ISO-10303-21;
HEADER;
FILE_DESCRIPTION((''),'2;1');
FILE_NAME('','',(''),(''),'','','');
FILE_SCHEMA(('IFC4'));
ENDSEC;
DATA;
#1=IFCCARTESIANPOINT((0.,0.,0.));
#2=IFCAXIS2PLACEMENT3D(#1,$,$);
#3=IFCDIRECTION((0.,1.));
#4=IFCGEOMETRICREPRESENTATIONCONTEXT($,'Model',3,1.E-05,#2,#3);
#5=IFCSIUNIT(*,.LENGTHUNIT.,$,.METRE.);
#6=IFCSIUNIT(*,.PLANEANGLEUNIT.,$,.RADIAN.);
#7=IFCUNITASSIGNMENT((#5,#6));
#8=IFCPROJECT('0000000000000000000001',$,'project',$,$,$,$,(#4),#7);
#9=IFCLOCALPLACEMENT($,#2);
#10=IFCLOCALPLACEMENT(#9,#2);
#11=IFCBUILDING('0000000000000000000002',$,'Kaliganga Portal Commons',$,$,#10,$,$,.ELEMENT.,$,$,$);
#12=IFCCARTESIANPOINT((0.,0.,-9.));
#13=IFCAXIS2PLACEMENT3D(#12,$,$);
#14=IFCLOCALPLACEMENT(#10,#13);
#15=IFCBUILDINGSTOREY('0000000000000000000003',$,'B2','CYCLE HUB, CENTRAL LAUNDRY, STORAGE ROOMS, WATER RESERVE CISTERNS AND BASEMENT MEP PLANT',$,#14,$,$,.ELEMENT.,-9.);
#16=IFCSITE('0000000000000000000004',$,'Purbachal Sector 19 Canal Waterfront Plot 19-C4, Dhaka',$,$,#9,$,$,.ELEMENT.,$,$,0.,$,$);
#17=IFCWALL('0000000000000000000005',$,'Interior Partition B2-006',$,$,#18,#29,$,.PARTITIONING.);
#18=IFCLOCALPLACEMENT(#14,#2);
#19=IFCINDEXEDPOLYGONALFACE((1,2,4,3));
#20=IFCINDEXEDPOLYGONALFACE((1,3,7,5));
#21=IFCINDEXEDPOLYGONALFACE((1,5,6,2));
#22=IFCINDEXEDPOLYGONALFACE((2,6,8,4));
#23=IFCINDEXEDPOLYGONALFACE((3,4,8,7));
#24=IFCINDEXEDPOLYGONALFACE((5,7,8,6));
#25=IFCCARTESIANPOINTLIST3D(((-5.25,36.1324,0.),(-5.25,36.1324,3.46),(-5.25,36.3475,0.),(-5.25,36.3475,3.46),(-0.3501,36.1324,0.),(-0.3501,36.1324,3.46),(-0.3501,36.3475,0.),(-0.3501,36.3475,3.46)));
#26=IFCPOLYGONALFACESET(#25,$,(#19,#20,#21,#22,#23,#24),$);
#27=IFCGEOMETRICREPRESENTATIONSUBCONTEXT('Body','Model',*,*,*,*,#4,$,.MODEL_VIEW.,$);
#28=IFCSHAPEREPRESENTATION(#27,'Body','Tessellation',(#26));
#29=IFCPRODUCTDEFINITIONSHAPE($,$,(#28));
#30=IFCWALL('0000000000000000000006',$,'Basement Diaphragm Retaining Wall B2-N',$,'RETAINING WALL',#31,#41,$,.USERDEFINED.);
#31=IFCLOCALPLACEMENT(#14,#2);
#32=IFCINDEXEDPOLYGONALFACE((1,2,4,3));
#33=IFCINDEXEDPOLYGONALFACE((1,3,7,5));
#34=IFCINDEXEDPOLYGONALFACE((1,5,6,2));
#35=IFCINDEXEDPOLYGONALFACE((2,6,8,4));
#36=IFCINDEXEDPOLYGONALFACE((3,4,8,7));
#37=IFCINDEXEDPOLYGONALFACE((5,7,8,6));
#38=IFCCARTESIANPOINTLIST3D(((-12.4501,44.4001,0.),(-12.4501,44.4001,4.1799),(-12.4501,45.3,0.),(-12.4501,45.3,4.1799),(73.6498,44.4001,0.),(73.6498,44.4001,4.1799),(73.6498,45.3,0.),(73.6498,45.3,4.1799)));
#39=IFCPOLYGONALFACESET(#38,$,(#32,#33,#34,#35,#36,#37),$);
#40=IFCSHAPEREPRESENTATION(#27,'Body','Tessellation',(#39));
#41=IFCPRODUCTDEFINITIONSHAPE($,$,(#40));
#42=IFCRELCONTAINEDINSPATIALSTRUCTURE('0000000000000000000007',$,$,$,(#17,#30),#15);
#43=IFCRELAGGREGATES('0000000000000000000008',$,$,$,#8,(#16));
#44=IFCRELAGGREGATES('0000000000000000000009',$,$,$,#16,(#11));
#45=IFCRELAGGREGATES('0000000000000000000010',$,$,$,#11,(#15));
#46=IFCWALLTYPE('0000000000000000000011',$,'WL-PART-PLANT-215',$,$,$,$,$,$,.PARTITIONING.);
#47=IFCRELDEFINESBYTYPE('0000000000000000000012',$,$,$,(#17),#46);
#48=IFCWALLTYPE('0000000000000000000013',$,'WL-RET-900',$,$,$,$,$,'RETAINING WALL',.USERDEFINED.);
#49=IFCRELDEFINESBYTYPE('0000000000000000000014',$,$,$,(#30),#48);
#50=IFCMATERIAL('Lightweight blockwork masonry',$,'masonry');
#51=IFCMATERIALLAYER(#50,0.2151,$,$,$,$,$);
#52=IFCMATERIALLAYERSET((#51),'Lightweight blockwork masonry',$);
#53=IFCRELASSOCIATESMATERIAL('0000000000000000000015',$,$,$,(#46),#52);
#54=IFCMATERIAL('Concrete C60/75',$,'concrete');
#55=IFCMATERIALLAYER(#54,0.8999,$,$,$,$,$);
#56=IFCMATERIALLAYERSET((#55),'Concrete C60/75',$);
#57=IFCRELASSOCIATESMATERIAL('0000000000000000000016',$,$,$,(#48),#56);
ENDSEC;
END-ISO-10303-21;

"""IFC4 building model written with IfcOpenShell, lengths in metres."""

from ifc_helpers import new_model, si_unit, direction, frame, frame_2d, origin, place, context, subcontext, project, spatial, rectangle, extrude, material, layer, layer_set, type_object, element, save


model = new_model("IFC4")

# Units and contexts
model_context = context("Model", 3, precision=1e-05, world=origin(), true_north=direction((0.0, 1.0)))
body_context = subcontext(model_context, "Body", "Model", "MODEL_VIEW")
ifc_project = project(units=[si_unit("LENGTHUNIT", "METRE"), si_unit("PLANEANGLEUNIT", "RADIAN")], contexts=[model_context])

# Site, building, storey
site_placement = place(None, origin())
site = spatial("IfcSite", under=ifc_project, at=site_placement, Name="Purbachal Sector 19 Canal Waterfront Plot 19-C4, Dhaka", CompositionType="ELEMENT", RefElevation=0.0)
building_placement = place(site_placement, origin())
building = spatial("IfcBuilding", under=site, at=building_placement, Name="Kaliganga Portal Commons", CompositionType="ELEMENT")
storey_placement = place(building_placement, frame((0.0, 0.0, -9.0)))
storey = spatial("IfcBuildingStorey", under=building, at=storey_placement, Name="B2", Description="CYCLE HUB, CENTRAL LAUNDRY, STORAGE ROOMS, WATER RESERVE CISTERNS AND BASEMENT MEP PLANT", CompositionType="ELEMENT", Elevation=-9.0)

# Shared definitions
ifc_material_1 = material(Name="Lightweight blockwork masonry", Category="masonry")
ifc_layer_1 = layer(ifc_material_1, 0.2151)
ifc_layer_set_1 = layer_set([ifc_layer_1], Name="Lightweight blockwork masonry")
wall_type_1 = type_object("IfcWallType", Name="WL-PART-PLANT-215", PredefinedType="PARTITIONING", material=ifc_layer_set_1)

# Walls
wall_1_placement = place(storey_placement, frame((-5.25, 36.24, 0.0), z_axis=(0.0, 0.0, 1.0), x_axis=(1.0, 0.0, 0.0)))
element("IfcWall", 1, at=wall_1_placement, inside=storey, type_object=wall_type_1, Name="Interior Partition B2-006", PredefinedType="PARTITIONING", context=body_context, shape_type="SweptSolid", body=[
    extrude(rectangle(XDim=4.8999, YDim=0.2151, at=frame_2d((2.45, 0.0))), origin(), (0.0, 0.0, 1.0), 3.46),
])
ifc_material_2 = material(Name="Concrete C60/75", Category="concrete")
ifc_layer_2 = layer(ifc_material_2, 0.8999)
ifc_layer_set_2 = layer_set([ifc_layer_2], Name="Concrete C60/75")
wall_type_2 = type_object("IfcWallType", Name="WL-RET-900", ElementType="RETAINING WALL", PredefinedType="USERDEFINED", material=ifc_layer_set_2)
wall_2_placement = place(storey_placement, frame((-12.45, 44.8501, 0.0), z_axis=(0.0, 0.0, 1.0), x_axis=(1.0, 0.0, 0.0)))
element("IfcWall", 2, at=wall_2_placement, inside=storey, type_object=wall_type_2, Name="Basement Diaphragm Retaining Wall B2-N", ObjectType="RETAINING WALL", PredefinedType="USERDEFINED", context=body_context, shape_type="SweptSolid", body=[
    extrude(rectangle(XDim=86.0999, YDim=0.8999, at=frame_2d((43.0498, 0.0))), origin(), (0.0, 0.0, 1.0), 4.1799),
])

save(model, "model.ifc")
